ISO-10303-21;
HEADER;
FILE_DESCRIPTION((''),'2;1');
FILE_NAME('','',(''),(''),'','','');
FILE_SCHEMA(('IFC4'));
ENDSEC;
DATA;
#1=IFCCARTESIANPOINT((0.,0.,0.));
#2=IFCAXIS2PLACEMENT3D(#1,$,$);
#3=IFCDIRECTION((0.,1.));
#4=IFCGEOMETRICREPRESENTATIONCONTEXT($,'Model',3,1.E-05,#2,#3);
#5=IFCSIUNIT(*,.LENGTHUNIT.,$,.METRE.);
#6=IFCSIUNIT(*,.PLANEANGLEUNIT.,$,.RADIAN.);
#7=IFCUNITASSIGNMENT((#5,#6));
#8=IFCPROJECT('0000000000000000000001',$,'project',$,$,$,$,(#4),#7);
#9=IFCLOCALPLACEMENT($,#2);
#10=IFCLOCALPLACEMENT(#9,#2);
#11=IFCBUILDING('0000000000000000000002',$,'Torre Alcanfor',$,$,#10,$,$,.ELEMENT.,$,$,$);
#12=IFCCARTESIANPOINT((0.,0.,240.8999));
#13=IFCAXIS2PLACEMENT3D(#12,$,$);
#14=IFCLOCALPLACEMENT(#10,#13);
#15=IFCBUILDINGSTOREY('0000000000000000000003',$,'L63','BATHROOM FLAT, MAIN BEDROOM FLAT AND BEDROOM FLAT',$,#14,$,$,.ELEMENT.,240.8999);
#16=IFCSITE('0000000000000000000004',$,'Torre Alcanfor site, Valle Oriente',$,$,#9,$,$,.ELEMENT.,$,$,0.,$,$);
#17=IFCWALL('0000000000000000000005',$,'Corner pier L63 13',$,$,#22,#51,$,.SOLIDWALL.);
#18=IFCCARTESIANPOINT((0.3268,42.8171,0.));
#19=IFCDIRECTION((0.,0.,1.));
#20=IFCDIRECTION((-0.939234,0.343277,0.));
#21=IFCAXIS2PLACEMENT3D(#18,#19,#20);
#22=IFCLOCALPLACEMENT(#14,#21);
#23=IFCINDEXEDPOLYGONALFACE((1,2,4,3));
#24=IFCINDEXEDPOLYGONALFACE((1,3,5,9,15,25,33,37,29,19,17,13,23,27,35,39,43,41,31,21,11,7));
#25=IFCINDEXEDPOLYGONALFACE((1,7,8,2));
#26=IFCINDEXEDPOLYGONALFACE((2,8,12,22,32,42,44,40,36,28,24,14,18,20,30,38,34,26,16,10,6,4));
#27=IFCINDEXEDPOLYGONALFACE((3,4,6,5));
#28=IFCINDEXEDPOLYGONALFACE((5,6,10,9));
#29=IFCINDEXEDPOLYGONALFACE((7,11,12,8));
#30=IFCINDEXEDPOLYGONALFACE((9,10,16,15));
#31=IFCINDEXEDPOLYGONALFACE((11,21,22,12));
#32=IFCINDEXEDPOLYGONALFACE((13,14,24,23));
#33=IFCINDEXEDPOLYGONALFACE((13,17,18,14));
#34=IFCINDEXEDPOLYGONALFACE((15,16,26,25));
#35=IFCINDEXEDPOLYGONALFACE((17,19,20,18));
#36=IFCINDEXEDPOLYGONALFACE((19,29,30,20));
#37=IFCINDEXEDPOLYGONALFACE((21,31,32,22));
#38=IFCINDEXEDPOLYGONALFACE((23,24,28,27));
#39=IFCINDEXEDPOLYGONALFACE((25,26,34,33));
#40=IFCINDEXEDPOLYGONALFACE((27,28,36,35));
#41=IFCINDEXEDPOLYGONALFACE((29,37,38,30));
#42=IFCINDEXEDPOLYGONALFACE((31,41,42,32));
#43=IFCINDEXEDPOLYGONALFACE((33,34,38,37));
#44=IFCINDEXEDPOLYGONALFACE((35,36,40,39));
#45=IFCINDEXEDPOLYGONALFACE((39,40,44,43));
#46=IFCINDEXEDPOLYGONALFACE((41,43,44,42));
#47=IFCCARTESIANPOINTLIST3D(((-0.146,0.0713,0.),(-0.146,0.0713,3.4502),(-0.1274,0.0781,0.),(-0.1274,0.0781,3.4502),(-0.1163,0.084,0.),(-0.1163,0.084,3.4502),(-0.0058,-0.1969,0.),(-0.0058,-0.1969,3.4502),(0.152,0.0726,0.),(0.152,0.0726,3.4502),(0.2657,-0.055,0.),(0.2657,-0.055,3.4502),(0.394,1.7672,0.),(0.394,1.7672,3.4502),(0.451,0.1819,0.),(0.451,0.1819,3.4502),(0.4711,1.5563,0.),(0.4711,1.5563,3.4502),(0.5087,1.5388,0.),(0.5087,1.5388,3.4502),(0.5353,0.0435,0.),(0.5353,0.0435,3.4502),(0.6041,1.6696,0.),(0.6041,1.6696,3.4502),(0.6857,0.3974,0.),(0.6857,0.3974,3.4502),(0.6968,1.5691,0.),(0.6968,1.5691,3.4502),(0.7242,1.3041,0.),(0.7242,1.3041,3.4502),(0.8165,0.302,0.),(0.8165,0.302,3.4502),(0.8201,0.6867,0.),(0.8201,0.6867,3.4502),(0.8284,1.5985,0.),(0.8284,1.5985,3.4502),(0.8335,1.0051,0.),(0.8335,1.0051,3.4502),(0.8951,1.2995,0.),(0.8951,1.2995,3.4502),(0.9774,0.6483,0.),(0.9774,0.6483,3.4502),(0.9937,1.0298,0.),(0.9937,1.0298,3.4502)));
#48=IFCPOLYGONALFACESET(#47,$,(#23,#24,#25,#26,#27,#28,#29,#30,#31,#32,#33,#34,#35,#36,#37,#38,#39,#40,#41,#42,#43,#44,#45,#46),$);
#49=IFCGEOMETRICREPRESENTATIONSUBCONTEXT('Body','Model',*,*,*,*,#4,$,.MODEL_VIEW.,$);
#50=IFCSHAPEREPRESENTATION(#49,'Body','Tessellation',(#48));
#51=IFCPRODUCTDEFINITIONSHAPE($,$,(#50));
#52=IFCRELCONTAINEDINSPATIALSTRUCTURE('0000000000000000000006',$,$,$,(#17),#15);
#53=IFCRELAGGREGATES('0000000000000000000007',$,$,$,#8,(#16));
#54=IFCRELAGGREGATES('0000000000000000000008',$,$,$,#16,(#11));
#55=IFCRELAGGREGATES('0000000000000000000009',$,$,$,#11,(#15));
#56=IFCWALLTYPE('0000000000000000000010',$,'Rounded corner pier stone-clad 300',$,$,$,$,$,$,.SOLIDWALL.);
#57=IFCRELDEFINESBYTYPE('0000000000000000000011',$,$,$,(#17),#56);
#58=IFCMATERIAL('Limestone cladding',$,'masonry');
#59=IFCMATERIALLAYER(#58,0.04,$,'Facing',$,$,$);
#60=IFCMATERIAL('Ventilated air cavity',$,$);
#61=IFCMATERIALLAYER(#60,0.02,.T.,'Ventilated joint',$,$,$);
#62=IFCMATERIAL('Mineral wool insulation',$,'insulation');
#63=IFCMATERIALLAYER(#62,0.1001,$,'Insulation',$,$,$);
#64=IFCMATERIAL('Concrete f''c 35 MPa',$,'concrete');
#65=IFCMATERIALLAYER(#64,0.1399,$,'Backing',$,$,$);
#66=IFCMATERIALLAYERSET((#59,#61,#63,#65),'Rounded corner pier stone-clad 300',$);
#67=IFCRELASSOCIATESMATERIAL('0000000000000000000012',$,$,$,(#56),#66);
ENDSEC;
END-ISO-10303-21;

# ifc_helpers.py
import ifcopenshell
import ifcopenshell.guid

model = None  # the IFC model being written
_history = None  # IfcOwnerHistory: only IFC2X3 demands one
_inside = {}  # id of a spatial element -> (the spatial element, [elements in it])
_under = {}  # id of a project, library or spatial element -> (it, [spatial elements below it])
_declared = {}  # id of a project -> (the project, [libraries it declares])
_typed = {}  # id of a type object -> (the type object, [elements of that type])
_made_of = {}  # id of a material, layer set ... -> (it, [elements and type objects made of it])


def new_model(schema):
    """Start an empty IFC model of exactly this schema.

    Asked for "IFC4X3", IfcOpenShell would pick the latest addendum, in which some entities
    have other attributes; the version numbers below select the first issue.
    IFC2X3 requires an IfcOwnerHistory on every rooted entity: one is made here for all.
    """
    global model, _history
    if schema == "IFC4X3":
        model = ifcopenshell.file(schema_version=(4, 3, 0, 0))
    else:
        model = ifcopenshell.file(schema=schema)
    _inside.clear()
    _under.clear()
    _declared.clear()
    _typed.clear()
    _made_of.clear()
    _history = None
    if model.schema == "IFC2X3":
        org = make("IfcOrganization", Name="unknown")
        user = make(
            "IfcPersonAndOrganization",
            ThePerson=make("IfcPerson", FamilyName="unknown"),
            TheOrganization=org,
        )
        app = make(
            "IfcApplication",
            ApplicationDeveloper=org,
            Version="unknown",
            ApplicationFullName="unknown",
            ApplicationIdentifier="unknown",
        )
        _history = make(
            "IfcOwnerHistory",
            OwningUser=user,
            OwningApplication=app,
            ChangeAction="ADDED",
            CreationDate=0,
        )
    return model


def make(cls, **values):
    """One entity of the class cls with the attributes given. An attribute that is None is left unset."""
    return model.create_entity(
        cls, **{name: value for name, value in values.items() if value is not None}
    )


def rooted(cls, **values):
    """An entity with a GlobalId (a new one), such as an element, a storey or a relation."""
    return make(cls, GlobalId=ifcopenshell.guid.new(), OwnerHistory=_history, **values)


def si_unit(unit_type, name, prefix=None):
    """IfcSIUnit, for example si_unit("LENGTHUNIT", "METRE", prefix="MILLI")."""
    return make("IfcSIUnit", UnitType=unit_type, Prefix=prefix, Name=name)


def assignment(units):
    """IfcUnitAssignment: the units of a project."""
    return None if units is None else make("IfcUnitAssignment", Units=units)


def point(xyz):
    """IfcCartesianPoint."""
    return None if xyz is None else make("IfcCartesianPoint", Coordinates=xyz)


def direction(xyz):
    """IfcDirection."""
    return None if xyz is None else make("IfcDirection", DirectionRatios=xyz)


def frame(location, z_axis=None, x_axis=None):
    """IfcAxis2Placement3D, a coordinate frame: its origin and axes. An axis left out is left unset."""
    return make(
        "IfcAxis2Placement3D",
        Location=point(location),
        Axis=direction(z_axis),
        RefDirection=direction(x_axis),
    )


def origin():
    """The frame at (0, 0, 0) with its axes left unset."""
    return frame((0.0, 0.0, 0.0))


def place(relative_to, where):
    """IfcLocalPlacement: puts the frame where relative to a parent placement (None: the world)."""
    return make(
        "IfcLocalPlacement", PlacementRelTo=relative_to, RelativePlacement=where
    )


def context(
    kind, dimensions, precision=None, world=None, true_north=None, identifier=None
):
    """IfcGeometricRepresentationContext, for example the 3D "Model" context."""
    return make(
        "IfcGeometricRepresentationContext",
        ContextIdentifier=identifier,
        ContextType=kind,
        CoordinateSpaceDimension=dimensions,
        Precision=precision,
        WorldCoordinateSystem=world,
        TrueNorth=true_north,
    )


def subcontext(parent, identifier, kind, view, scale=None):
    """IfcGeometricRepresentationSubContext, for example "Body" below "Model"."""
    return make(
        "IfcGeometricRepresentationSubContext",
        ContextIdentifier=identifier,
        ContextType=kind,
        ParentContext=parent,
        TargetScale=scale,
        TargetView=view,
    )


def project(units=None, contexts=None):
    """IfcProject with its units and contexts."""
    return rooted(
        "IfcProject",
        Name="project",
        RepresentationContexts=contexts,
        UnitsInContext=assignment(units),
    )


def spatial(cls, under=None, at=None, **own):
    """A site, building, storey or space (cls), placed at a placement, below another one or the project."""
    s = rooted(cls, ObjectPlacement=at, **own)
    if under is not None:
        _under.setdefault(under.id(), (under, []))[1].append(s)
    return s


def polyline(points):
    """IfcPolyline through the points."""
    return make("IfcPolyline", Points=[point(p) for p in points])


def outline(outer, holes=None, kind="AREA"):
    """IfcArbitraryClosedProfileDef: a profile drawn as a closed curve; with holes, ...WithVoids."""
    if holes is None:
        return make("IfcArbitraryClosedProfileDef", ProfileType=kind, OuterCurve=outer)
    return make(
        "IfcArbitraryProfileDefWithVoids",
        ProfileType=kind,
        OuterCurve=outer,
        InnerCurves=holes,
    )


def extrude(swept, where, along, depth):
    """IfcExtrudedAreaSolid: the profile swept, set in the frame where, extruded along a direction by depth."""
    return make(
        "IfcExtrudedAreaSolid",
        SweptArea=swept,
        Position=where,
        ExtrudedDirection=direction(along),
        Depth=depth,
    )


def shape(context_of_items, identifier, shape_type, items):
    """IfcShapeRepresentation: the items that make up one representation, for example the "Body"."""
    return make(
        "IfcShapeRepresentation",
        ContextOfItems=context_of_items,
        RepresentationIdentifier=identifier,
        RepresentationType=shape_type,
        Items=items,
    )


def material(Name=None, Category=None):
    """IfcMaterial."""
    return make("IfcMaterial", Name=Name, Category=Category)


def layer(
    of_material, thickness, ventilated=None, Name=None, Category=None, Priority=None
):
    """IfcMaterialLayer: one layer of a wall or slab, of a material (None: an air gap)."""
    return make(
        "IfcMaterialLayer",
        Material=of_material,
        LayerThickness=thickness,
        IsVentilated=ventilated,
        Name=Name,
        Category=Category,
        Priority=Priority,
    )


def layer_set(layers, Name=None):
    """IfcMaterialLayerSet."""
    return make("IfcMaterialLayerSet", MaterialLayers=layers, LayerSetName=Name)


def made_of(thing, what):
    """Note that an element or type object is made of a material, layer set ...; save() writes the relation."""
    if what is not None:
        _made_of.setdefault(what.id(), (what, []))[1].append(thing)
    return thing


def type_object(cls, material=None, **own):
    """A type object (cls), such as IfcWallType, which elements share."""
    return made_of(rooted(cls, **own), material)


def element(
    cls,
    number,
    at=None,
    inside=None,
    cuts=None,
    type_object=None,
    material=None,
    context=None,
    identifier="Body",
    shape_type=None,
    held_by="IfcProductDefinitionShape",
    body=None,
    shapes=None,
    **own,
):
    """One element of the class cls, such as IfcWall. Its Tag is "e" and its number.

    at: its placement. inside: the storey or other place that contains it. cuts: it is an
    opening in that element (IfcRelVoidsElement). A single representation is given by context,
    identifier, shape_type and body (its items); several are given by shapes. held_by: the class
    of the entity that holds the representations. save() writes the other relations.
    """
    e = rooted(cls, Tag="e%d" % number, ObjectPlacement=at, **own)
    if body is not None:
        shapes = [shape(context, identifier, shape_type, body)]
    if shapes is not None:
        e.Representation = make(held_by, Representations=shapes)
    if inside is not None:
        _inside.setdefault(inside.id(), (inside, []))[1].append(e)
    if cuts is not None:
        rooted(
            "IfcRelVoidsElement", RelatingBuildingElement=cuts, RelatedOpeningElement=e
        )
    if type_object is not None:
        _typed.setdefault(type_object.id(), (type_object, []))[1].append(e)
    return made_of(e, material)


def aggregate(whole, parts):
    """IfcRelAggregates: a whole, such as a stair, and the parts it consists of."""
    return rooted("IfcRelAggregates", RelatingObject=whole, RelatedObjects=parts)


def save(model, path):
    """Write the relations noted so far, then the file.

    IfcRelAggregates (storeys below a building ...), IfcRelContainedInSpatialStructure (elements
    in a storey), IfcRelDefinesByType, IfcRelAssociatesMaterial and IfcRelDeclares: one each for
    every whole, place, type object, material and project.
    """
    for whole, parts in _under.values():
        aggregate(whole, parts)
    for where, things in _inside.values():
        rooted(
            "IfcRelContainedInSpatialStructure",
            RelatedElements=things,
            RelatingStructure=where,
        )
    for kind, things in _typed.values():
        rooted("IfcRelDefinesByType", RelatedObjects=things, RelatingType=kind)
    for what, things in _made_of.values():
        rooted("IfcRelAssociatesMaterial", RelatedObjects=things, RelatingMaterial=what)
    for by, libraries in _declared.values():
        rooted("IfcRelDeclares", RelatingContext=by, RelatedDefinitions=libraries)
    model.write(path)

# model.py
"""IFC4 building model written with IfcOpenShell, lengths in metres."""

from ifc_helpers import new_model, si_unit, direction, frame, origin, place, context, subcontext, project, spatial, polyline, outline, extrude, material, layer, layer_set, type_object, element, save


model = new_model("IFC4")

# Units and contexts
model_context = context("Model", 3, precision=1e-05, world=origin(), true_north=direction((0.0, 1.0)))
body_context = subcontext(model_context, "Body", "Model", "MODEL_VIEW")
ifc_project = project(units=[si_unit("LENGTHUNIT", "METRE"), si_unit("PLANEANGLEUNIT", "RADIAN")], contexts=[model_context])

# Site, building, storey
site_placement = place(None, origin())
site = spatial("IfcSite", under=ifc_project, at=site_placement, Name="Torre Alcanfor site, Valle Oriente", CompositionType="ELEMENT", RefElevation=0.0)
building_placement = place(site_placement, origin())
building = spatial("IfcBuilding", under=site, at=building_placement, Name="Torre Alcanfor", CompositionType="ELEMENT")
storey_placement = place(building_placement, frame((0.0, 0.0, 240.8999)))
storey = spatial("IfcBuildingStorey", under=building, at=storey_placement, Name="L63", Description="BATHROOM FLAT, MAIN BEDROOM FLAT AND BEDROOM FLAT", CompositionType="ELEMENT", Elevation=240.8999)

# Wall
ifc_material_1 = material(Name="Limestone cladding", Category="masonry")
ifc_layer_1 = layer(ifc_material_1, 0.04, Name="Facing")
ifc_material_2 = material(Name="Ventilated air cavity")
ifc_layer_2 = layer(ifc_material_2, 0.02, ventilated=True, Name="Ventilated joint")
ifc_material_3 = material(Name="Mineral wool insulation", Category="insulation")
ifc_layer_3 = layer(ifc_material_3, 0.1001, Name="Insulation")
ifc_material_4 = material(Name="Concrete f'c 35 MPa", Category="concrete")
ifc_layer_4 = layer(ifc_material_4, 0.1399, Name="Backing")
ifc_layer_set_1 = layer_set([ifc_layer_1, ifc_layer_2, ifc_layer_3, ifc_layer_4], Name="Rounded corner pier stone-clad 300")
wall_type_1 = type_object("IfcWallType", Name="Rounded corner pier stone-clad 300", PredefinedType="SOLIDWALL", material=ifc_layer_set_1)
wall_1_placement = place(storey_placement, frame((0.3268, 42.8171, 0.0), z_axis=(0.0, 0.0, 1.0), x_axis=(-0.939234, 0.343277, 0.0)))
element("IfcWall", 1, at=wall_1_placement, inside=storey, type_object=wall_type_1, Name="Corner pier L63 13", PredefinedType="SOLIDWALL", context=body_context, shape_type="SweptSolid", body=[
    extrude(outline(polyline([(-0.0058, -0.1969), (0.2657, -0.055), (0.5353, 0.0435), (0.8165, 0.302), (0.9774, 0.6483), (0.9937, 1.0298), (0.8951, 1.2995), (0.8284, 1.5985), (0.6968, 1.5691), (0.6041, 1.6696), (0.394, 1.7672), (0.4711, 1.5563), (0.5087, 1.5388), (0.7242, 1.3041), (0.8335, 1.0051), (0.8201, 0.6867), (0.6857, 0.3974), (0.451, 0.1819), (0.152, 0.0726), (-0.1163, 0.084), (-0.1274, 0.0781), (-0.146, 0.0713), (-0.0058, -0.1969)])), origin(), (0.0, 0.0, 1.0), 3.4502),
])

save(model, "model.ifc")
